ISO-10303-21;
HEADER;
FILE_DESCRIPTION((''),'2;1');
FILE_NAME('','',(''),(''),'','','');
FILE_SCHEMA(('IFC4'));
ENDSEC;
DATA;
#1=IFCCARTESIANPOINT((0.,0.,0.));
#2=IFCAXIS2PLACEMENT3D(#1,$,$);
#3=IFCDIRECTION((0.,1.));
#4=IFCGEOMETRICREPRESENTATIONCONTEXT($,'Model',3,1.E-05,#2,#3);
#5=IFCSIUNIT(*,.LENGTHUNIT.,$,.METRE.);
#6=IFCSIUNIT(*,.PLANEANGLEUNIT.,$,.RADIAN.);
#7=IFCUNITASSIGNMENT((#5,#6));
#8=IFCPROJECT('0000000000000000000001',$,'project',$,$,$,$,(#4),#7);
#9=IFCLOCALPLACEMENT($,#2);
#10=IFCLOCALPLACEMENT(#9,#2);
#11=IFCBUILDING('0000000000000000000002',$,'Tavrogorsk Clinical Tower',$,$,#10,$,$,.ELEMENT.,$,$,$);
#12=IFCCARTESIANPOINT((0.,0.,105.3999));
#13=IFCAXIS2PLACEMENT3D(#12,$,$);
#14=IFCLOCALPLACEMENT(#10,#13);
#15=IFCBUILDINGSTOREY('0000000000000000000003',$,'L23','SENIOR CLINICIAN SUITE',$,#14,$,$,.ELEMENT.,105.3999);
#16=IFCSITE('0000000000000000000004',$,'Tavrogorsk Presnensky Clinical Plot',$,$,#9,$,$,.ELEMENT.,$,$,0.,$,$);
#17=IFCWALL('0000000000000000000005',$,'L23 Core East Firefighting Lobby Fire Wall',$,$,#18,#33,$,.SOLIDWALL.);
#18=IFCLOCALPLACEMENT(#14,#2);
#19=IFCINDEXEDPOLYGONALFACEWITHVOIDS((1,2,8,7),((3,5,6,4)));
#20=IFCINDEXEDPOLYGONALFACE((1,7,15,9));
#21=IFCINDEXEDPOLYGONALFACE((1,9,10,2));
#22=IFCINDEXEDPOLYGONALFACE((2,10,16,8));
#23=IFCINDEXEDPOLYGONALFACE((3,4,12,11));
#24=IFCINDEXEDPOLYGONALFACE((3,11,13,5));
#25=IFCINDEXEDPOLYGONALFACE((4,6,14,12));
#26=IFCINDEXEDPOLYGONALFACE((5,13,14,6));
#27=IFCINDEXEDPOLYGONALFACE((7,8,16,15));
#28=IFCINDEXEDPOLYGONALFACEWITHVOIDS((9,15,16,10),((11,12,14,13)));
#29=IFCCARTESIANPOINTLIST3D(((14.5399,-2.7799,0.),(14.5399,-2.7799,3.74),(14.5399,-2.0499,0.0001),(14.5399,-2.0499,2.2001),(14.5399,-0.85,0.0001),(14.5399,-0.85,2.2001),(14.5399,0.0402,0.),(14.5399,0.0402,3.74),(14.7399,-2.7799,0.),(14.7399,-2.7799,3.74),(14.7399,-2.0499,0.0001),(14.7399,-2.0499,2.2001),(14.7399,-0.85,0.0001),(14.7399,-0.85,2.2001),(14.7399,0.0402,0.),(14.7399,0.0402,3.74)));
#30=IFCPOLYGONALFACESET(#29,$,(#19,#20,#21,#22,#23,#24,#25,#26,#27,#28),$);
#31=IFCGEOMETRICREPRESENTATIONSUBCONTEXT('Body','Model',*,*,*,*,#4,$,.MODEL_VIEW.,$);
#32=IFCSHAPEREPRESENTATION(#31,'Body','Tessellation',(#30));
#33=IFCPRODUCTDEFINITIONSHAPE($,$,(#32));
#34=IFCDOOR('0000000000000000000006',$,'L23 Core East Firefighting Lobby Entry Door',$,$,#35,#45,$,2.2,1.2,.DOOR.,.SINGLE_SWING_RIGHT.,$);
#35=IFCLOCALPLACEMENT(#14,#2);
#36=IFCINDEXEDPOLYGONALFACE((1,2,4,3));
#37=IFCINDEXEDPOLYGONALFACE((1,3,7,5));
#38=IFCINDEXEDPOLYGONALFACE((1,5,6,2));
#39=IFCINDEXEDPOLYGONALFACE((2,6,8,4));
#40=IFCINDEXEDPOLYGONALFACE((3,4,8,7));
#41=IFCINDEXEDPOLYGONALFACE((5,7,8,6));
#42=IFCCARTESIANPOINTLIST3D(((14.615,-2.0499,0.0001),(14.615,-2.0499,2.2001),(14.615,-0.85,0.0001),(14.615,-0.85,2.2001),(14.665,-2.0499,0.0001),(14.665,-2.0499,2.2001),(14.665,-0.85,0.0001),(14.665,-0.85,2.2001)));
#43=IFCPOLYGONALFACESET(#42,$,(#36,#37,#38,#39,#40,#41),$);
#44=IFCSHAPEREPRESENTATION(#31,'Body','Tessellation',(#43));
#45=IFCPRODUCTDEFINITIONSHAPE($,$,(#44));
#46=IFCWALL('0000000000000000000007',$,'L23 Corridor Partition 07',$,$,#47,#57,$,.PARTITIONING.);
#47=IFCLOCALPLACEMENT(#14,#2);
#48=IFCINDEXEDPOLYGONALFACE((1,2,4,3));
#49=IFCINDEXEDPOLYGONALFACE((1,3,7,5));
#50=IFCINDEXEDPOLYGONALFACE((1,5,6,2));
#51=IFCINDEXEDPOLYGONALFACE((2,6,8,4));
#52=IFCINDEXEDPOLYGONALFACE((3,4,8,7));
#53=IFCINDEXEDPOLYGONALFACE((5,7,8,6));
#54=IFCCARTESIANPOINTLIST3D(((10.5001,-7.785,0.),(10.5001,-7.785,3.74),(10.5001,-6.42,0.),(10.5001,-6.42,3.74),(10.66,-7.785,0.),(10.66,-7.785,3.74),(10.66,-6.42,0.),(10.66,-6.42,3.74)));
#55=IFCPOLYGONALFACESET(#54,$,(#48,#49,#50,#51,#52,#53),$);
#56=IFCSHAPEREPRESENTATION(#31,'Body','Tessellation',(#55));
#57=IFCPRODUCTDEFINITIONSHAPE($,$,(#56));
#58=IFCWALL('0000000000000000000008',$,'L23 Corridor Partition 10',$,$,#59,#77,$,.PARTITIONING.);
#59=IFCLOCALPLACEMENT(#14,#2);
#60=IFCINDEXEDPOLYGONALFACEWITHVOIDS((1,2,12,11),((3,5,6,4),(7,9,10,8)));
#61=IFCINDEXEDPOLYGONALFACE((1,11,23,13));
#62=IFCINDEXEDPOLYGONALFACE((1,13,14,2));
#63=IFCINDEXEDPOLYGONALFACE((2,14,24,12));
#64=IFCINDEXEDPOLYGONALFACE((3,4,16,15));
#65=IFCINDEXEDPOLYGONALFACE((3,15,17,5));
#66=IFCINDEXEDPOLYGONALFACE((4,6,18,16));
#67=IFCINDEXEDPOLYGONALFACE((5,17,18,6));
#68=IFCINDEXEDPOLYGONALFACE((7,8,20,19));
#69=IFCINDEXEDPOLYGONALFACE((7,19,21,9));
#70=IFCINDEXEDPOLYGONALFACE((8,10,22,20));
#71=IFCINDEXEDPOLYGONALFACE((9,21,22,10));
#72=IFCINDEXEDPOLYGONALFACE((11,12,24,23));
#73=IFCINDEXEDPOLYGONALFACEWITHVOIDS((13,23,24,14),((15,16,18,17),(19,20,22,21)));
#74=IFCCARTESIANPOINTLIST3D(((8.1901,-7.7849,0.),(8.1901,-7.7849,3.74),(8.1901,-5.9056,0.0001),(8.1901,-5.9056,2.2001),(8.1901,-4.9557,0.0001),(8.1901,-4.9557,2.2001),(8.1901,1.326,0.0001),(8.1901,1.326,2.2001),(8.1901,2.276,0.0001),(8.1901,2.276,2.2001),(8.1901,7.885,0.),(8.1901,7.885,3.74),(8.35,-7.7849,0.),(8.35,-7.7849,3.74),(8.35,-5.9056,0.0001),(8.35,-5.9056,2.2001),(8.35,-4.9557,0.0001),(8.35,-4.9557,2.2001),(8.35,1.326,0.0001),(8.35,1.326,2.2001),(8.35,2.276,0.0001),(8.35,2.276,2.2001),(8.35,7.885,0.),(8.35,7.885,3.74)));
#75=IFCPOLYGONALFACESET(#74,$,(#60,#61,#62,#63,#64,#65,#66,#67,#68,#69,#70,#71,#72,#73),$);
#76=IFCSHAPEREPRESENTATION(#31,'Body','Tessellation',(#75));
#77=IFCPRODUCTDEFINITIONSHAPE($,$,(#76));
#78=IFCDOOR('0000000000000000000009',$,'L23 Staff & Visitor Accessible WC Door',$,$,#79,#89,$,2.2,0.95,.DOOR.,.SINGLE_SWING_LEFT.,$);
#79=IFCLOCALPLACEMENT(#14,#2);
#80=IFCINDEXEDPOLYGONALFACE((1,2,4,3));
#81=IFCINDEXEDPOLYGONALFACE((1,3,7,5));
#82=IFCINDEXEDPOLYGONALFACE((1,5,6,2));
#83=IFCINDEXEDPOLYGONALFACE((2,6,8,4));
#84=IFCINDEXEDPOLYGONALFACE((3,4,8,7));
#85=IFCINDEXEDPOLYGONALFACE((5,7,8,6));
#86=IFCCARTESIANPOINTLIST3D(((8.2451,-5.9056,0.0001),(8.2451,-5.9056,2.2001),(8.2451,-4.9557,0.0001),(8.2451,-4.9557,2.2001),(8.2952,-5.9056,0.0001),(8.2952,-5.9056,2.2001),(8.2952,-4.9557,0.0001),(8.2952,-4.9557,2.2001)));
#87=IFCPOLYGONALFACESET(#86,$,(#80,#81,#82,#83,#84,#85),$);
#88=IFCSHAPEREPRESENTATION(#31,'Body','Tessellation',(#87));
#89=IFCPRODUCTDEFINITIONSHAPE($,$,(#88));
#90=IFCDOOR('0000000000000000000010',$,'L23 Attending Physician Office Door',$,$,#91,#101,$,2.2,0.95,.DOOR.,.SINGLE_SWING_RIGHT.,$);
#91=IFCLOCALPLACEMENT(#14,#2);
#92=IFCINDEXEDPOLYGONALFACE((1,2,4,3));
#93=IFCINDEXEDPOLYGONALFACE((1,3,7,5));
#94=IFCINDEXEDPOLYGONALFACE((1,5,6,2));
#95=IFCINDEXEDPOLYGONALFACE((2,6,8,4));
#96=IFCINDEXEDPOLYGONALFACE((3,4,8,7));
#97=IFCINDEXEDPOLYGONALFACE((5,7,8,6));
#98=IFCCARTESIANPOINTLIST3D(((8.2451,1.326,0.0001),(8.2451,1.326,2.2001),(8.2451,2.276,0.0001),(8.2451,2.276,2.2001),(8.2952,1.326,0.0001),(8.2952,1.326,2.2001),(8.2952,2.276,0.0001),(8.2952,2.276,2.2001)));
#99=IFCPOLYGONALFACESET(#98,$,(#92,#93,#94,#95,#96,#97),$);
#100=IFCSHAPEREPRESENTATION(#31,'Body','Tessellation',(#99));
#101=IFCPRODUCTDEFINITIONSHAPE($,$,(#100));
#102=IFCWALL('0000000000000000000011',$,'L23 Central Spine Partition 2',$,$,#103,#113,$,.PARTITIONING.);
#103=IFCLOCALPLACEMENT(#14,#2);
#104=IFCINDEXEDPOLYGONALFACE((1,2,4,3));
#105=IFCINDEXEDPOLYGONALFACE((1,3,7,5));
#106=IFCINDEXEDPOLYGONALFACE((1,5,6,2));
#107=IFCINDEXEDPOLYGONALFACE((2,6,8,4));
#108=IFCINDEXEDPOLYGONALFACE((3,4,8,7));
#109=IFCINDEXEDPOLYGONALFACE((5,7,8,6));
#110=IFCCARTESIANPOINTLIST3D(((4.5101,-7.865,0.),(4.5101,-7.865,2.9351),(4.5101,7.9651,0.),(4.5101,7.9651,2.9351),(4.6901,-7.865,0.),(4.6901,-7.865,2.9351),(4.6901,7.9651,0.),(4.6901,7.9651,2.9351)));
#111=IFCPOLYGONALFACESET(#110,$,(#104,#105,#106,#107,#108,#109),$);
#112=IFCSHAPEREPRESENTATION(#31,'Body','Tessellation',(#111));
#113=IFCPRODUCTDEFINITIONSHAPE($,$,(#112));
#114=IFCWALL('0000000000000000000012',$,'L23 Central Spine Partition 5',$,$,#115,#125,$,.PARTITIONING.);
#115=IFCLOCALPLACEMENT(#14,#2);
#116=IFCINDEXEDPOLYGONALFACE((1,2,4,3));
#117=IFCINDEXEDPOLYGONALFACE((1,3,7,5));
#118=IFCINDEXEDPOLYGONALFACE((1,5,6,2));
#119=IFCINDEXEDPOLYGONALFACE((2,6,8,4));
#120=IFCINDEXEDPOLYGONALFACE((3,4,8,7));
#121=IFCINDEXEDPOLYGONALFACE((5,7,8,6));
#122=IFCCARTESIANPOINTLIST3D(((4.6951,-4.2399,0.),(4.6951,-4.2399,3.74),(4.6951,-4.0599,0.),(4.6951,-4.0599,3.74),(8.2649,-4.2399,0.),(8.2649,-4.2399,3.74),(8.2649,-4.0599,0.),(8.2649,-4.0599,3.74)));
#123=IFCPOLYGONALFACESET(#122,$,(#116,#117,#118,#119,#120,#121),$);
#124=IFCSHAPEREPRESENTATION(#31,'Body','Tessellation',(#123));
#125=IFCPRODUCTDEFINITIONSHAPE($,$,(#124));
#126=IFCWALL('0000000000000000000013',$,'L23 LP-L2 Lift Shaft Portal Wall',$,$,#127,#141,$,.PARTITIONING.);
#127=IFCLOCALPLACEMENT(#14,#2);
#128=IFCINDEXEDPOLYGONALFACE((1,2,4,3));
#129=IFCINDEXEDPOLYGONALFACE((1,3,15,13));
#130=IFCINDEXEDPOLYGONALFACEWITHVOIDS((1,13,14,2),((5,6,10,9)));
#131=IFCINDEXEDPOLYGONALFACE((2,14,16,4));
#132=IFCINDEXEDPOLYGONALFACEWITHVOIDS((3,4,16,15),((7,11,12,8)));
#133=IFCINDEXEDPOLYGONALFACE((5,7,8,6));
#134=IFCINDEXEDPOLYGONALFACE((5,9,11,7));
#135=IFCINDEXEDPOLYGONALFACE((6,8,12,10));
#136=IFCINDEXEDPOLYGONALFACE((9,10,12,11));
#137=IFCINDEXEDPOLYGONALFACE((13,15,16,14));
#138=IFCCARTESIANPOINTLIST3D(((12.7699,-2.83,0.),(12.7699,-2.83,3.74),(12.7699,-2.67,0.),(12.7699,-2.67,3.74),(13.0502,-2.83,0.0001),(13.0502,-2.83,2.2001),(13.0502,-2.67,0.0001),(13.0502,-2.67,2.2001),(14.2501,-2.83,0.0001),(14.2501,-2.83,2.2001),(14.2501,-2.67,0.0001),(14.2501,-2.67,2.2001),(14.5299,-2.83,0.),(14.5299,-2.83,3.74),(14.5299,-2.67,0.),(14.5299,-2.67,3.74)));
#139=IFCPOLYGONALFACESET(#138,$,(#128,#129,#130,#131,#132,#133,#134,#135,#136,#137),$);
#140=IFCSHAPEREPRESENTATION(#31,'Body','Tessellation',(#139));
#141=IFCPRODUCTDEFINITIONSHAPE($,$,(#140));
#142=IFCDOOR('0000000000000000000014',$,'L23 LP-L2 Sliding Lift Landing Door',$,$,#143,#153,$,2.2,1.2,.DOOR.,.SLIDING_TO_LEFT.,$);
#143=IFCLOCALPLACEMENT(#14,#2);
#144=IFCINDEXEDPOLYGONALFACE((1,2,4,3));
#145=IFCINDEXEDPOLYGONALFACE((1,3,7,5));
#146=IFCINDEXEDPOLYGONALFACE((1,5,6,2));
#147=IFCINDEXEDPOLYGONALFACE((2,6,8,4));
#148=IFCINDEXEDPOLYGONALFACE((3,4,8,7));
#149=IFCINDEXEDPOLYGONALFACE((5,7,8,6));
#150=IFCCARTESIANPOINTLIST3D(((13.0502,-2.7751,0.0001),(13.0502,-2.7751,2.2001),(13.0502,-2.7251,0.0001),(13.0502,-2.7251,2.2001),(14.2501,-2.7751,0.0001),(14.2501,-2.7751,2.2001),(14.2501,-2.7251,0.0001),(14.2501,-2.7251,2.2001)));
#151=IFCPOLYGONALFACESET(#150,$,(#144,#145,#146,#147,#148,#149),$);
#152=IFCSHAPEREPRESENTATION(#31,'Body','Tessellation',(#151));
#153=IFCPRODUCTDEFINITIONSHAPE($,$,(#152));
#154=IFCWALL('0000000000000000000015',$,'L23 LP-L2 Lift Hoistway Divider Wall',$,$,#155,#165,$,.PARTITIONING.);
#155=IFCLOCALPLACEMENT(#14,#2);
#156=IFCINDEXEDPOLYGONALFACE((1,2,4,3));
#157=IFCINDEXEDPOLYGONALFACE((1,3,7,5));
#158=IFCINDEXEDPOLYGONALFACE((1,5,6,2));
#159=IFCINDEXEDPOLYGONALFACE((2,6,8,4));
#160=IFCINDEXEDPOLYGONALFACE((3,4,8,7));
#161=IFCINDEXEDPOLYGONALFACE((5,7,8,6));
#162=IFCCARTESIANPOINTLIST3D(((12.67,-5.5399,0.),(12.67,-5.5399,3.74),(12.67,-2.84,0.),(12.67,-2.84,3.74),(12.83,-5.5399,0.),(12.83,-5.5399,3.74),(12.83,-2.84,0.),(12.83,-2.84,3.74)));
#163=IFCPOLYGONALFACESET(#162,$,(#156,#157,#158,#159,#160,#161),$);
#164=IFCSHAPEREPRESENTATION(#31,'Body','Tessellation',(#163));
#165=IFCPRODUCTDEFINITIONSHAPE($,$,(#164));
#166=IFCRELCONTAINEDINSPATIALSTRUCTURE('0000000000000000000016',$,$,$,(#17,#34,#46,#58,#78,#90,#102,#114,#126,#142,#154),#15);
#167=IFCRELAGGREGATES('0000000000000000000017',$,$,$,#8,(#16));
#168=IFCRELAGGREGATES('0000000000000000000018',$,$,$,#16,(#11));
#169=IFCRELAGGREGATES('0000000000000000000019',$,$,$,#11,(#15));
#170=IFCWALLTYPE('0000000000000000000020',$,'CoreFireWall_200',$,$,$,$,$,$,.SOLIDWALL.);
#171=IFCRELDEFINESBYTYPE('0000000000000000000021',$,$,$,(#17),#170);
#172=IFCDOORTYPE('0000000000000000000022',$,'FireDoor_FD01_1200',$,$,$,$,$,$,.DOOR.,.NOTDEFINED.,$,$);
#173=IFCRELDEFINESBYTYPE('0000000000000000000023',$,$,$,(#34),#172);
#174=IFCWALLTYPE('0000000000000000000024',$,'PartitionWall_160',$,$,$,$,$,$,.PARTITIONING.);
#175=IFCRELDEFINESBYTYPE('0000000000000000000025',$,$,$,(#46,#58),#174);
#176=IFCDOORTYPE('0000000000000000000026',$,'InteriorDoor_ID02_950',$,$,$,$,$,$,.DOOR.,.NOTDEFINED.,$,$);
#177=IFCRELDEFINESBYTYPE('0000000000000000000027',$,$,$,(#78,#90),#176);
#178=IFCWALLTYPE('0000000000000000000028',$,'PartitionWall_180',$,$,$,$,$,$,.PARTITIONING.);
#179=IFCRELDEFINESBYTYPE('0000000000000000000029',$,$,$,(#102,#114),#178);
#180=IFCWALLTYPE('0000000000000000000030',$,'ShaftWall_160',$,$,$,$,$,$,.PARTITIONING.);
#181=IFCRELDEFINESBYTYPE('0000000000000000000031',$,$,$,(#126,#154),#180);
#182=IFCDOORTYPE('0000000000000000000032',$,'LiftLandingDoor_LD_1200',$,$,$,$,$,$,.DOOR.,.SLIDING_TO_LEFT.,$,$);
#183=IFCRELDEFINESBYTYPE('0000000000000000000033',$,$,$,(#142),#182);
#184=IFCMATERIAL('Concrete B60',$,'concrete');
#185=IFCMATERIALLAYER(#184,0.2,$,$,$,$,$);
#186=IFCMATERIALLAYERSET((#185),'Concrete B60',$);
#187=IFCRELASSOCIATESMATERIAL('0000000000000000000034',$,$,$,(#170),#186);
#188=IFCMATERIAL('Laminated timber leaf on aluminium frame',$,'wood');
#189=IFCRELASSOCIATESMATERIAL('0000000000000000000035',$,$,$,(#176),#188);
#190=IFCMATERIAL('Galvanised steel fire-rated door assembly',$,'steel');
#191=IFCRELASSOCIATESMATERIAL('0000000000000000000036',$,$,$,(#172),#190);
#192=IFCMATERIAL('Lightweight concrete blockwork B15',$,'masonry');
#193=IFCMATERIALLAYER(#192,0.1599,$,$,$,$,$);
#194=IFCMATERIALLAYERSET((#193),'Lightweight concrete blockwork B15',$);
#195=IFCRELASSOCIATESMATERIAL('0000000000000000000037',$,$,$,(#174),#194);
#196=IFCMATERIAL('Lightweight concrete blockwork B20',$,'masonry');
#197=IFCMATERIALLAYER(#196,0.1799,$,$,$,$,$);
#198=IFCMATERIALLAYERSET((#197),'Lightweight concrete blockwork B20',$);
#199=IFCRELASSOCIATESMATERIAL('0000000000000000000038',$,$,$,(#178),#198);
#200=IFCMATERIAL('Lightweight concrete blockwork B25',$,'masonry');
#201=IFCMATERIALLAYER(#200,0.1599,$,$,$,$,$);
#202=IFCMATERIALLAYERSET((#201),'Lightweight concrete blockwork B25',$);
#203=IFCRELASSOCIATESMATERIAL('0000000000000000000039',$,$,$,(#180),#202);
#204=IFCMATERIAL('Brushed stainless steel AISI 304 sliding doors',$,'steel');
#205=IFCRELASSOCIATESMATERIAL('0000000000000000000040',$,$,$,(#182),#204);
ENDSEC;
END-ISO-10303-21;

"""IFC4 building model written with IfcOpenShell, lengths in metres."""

from ifc_helpers import new_model, si_unit, direction, frame, frame_2d, origin, place, context, subcontext, project, spatial, rectangle, extrude, material, layer, layer_set, type_object, element, fill, save


model = new_model("IFC4")

# Units and contexts
model_context = context("Model", 3, precision=1e-05, world=origin(), true_north=direction((0.0, 1.0)))
body_context = subcontext(model_context, "Body", "Model", "MODEL_VIEW")
ifc_project = project(units=[si_unit("LENGTHUNIT", "METRE"), si_unit("PLANEANGLEUNIT", "RADIAN")], contexts=[model_context])

# Site, building, storey
site_placement = place(None, origin())
site = spatial("IfcSite", under=ifc_project, at=site_placement, Name="Tavrogorsk Presnensky Clinical Plot", CompositionType="ELEMENT", RefElevation=0.0)
building_placement = place(site_placement, origin())
building = spatial("IfcBuilding", under=site, at=building_placement, Name="Tavrogorsk Clinical Tower", CompositionType="ELEMENT")
storey_placement = place(building_placement, frame((0.0, 0.0, 105.3999)))
storey = spatial("IfcBuildingStorey", under=building, at=storey_placement, Name="L23", Description="SENIOR CLINICIAN SUITE", CompositionType="ELEMENT", Elevation=105.3999)

# Wall, opening, door
ifc_material_1 = material(Name="Concrete B60", Category="concrete")
ifc_layer_1 = layer(ifc_material_1, 0.2)
ifc_layer_set_1 = layer_set([ifc_layer_1], Name="Concrete B60")
wall_type_1 = type_object("IfcWallType", Name="CoreFireWall_200", PredefinedType="SOLIDWALL", material=ifc_layer_set_1)
ifc_material_2 = material(Name="Laminated timber leaf on aluminium frame", Category="wood")
door_type_1 = type_object("IfcDoorType", Name="InteriorDoor_ID02_950", OperationType="NOTDEFINED", PredefinedType="DOOR", material=ifc_material_2)
wall_1_placement = place(storey_placement, frame((14.6399, -2.78, 0.0), z_axis=(0.0, 0.0, 1.0), x_axis=(0.0, 1.0, 0.0)))
wall_1 = element("IfcWall", 1, at=wall_1_placement, inside=storey, type_object=wall_type_1, Name="L23 Core East Firefighting Lobby Fire Wall", PredefinedType="SOLIDWALL", context=body_context, shape_type="SweptSolid", body=[
    extrude(rectangle(XDim=2.8201, YDim=0.2, at=frame_2d((1.4102, 0.0))), origin(), (0.0, 0.0, 1.0), 3.74),
])
opening_1_placement = place(wall_1_placement, frame((0.73, 0.0, 0.0)))
opening_1 = element("IfcOpeningElement", 2, at=opening_1_placement, cuts=wall_1, PredefinedType="OPENING", context=body_context, shape_type="SweptSolid", body=[
    extrude(rectangle(XDim=1.2, YDim=2.2, at=frame_2d((0.6001, 1.1001))), frame((0.0, 0.1099, 0.0), z_axis=(0.0, -1.0, 0.0), x_axis=(1.0, 0.0, 0.0)), (0.0, 0.0, 1.0), 0.22),
])
ifc_material_3 = material(Name="Galvanised steel fire-rated door assembly", Category="steel")
door_type_2 = type_object("IfcDoorType", Name="FireDoor_FD01_1200", OperationType="NOTDEFINED", PredefinedType="DOOR", material=ifc_material_3)
door_1_placement = place(opening_1_placement, origin())
door_1 = element("IfcDoor", 3, at=door_1_placement, inside=storey, type_object=door_type_2, Name="L23 Core East Firefighting Lobby Entry Door", OperationType="SINGLE_SWING_RIGHT", OverallHeight=2.2, OverallWidth=1.2, PredefinedType="DOOR", context=body_context, shape_type="SweptSolid", body=[
    extrude(rectangle(XDim=1.2, YDim=2.2, at=frame_2d((0.6001, 1.1001))), frame((0.0, 0.0249, 0.0), z_axis=(0.0, -1.0, 0.0), x_axis=(1.0, 0.0, 0.0)), (0.0, 0.0, 1.0), 0.05),
])
fill(opening_1, door_1)

# Wall
ifc_material_4 = material(Name="Lightweight concrete blockwork B15", Category="masonry")
ifc_layer_2 = layer(ifc_material_4, 0.1599)
ifc_layer_set_2 = layer_set([ifc_layer_2], Name="Lightweight concrete blockwork B15")
wall_type_2 = type_object("IfcWallType", Name="PartitionWall_160", PredefinedType="PARTITIONING", material=ifc_layer_set_2)
wall_2_placement = place(storey_placement, frame((10.5801, -6.4199, 0.0), z_axis=(0.0, 0.0, 1.0), x_axis=(0.0, -1.0, 0.0)))
element("IfcWall", 4, at=wall_2_placement, inside=storey, type_object=wall_type_2, Name="L23 Corridor Partition 07", PredefinedType="PARTITIONING", context=body_context, shape_type="SweptSolid", body=[
    extrude(rectangle(XDim=1.365, YDim=0.1599, at=frame_2d((0.6826, 0.0))), origin(), (0.0, 0.0, 1.0), 3.74),
])

# Wall, openings, doors
wall_3_placement = place(storey_placement, frame((8.27, -7.7849, 0.0), z_axis=(0.0, 0.0, 1.0), x_axis=(0.0, 1.0, 0.0)))
wall_3 = element("IfcWall", 5, at=wall_3_placement, inside=storey, type_object=wall_type_2, Name="L23 Corridor Partition 10", PredefinedType="PARTITIONING", context=body_context, shape_type="SweptSolid", body=[
    extrude(rectangle(XDim=15.6699, YDim=0.1599, at=frame_2d((7.835, 0.0))), origin(), (0.0, 0.0, 1.0), 3.74),
])
opening_2_placement = place(wall_3_placement, frame((1.8792, 0.0, 0.0)))
opening_2 = element("IfcOpeningElement", 6, at=opening_2_placement, cuts=wall_3, PredefinedType="OPENING", context=body_context, shape_type="SweptSolid", body=[
    extrude(rectangle(XDim=0.95, YDim=2.2, at=frame_2d((0.4751, 1.1001))), frame((0.0, 0.0898, 0.0), z_axis=(0.0, -1.0, 0.0), x_axis=(1.0, 0.0, 0.0)), (0.0, 0.0, 1.0), 0.1799),
])
opening_3_placement = place(wall_3_placement, frame((9.1108, 0.0, 0.0)))
opening_3 = element("IfcOpeningElement", 7, at=opening_3_placement, cuts=wall_3, PredefinedType="OPENING", context=body_context, shape_type="SweptSolid", body=[
    extrude(rectangle(XDim=0.95, YDim=2.2, at=frame_2d((0.4751, 1.1001))), frame((0.0, 0.0898, 0.0), z_axis=(0.0, -1.0, 0.0), x_axis=(1.0, 0.0, 0.0)), (0.0, 0.0, 1.0), 0.1799),
])
door_2_placement = place(opening_2_placement, origin())
door_2 = element("IfcDoor", 8, at=door_2_placement, inside=storey, type_object=door_type_1, Name="L23 Staff & Visitor Accessible WC Door", OperationType="SINGLE_SWING_LEFT", OverallHeight=2.2, OverallWidth=0.95, PredefinedType="DOOR", context=body_context, shape_type="SweptSolid", body=[
    extrude(rectangle(XDim=0.95, YDim=2.2, at=frame_2d((0.4751, 1.1001))), frame((0.0, 0.0249, 0.0), z_axis=(0.0, -1.0, 0.0), x_axis=(1.0, 0.0, 0.0)), (0.0, 0.0, 1.0), 0.05),
])
fill(opening_2, door_2)
door_3_placement = place(opening_3_placement, origin())
door_3 = element("IfcDoor", 9, at=door_3_placement, inside=storey, type_object=door_type_1, Name="L23 Attending Physician Office Door", OperationType="SINGLE_SWING_RIGHT", OverallHeight=2.2, OverallWidth=0.95, PredefinedType="DOOR", context=body_context, shape_type="SweptSolid", body=[
    extrude(rectangle(XDim=0.95, YDim=2.2, at=frame_2d((0.4751, 1.1001))), frame((0.0, 0.0249, 0.0), z_axis=(0.0, -1.0, 0.0), x_axis=(1.0, 0.0, 0.0)), (0.0, 0.0, 1.0), 0.05),
])
fill(opening_3, door_3)

# Walls
ifc_material_5 = material(Name="Lightweight concrete blockwork B20", Category="masonry")
ifc_layer_3 = layer(ifc_material_5, 0.1799)
ifc_layer_set_3 = layer_set([ifc_layer_3], Name="Lightweight concrete blockwork B20")
wall_type_3 = type_object("IfcWallType", Name="PartitionWall_180", PredefinedType="PARTITIONING", material=ifc_layer_set_3)
wall_4_placement = place(storey_placement, frame((4.6001, -7.865, 0.0), z_axis=(0.0, 0.0, 1.0), x_axis=(0.0, 1.0, 0.0)))
element("IfcWall", 10, at=wall_4_placement, inside=storey, type_object=wall_type_3, Name="L23 Central Spine Partition 2", PredefinedType="PARTITIONING", context=body_context, shape_type="SweptSolid", body=[
    extrude(rectangle(XDim=15.8301, YDim=0.1799, at=frame_2d((7.915, 0.0))), origin(), (0.0, 0.0, 1.0), 2.9351),
])
wall_5_placement = place(storey_placement, frame((4.6951, -4.1499, 0.0), z_axis=(0.0, 0.0, 1.0), x_axis=(1.0, 0.0, 0.0)))
element("IfcWall", 11, at=wall_5_placement, inside=storey, type_object=wall_type_3, Name="L23 Central Spine Partition 5", PredefinedType="PARTITIONING", context=body_context, shape_type="SweptSolid", body=[
    extrude(rectangle(XDim=3.5698, YDim=0.1799, at=frame_2d((1.7849, 0.0))), origin(), (0.0, 0.0, 1.0), 3.74),
])

# Wall, opening, door
ifc_material_6 = material(Name="Lightweight concrete blockwork B25", Category="masonry")
ifc_layer_4 = layer(ifc_material_6, 0.1599)
ifc_layer_set_4 = layer_set([ifc_layer_4], Name="Lightweight concrete blockwork B25")
wall_type_4 = type_object("IfcWallType", Name="ShaftWall_160", PredefinedType="PARTITIONING", material=ifc_layer_set_4)
wall_6_placement = place(storey_placement, frame((12.77, -2.75, 0.0), z_axis=(0.0, 0.0, 1.0), x_axis=(1.0, 0.0, 0.0)))
wall_6 = element("IfcWall", 12, at=wall_6_placement, inside=storey, type_object=wall_type_4, Name="L23 LP-L2 Lift Shaft Portal Wall", PredefinedType="PARTITIONING", context=body_context, shape_type="SweptSolid", body=[
    extrude(rectangle(XDim=1.76, YDim=0.1599, at=frame_2d((0.8799, 0.0))), origin(), (0.0, 0.0, 1.0), 3.74),
])
opening_4_placement = place(wall_6_placement, frame((0.28, 0.0, 0.0)))
opening_4 = element("IfcOpeningElement", 13, at=opening_4_placement, cuts=wall_6, PredefinedType="OPENING", context=body_context, shape_type="SweptSolid", body=[
    extrude(rectangle(XDim=1.2, YDim=2.2, at=frame_2d((0.6001, 1.1001))), frame((0.0, 0.0898, 0.0), z_axis=(0.0, -1.0, 0.0), x_axis=(1.0, 0.0, 0.0)), (0.0, 0.0, 1.0), 0.1799),
])
ifc_material_7 = material(Name="Brushed stainless steel AISI 304 sliding doors", Category="steel")
door_type_3 = type_object("IfcDoorType", Name="LiftLandingDoor_LD_1200", OperationType="SLIDING_TO_LEFT", PredefinedType="DOOR", material=ifc_material_7)
door_4_placement = place(opening_4_placement, origin())
door_4 = element("IfcDoor", 14, at=door_4_placement, inside=storey, type_object=door_type_3, Name="L23 LP-L2 Sliding Lift Landing Door", OperationType="SLIDING_TO_LEFT", OverallHeight=2.2, OverallWidth=1.2, PredefinedType="DOOR", context=body_context, shape_type="SweptSolid", body=[
    extrude(rectangle(XDim=1.2, YDim=2.2, at=frame_2d((0.6001, 1.1001))), frame((0.0, 0.0249, 0.0), z_axis=(0.0, -1.0, 0.0), x_axis=(1.0, 0.0, 0.0)), (0.0, 0.0, 1.0), 0.05),
])
fill(opening_4, door_4)

# Wall
for number, where, z_axis, x_axis, name in (
    (15, (12.75, -5.54, 0.0), (0.0, 0.0, 1.0), (0.0, 1.0, 0.0), "L23 LP-L2 Lift Hoistway Divider Wall"),
):
    element("IfcWall", number, at=place(storey_placement, frame(where, z_axis=z_axis, x_axis=x_axis)), inside=storey, type_object=wall_type_4, Name=name, PredefinedType="PARTITIONING", context=body_context, shape_type="SweptSolid", body=[
        extrude(rectangle(XDim=2.7, YDim=0.1599, at=frame_2d((1.3501, 0.0))), origin(), (0.0, 0.0, 1.0), 3.74),
    ])

save(model, "model.ifc")
